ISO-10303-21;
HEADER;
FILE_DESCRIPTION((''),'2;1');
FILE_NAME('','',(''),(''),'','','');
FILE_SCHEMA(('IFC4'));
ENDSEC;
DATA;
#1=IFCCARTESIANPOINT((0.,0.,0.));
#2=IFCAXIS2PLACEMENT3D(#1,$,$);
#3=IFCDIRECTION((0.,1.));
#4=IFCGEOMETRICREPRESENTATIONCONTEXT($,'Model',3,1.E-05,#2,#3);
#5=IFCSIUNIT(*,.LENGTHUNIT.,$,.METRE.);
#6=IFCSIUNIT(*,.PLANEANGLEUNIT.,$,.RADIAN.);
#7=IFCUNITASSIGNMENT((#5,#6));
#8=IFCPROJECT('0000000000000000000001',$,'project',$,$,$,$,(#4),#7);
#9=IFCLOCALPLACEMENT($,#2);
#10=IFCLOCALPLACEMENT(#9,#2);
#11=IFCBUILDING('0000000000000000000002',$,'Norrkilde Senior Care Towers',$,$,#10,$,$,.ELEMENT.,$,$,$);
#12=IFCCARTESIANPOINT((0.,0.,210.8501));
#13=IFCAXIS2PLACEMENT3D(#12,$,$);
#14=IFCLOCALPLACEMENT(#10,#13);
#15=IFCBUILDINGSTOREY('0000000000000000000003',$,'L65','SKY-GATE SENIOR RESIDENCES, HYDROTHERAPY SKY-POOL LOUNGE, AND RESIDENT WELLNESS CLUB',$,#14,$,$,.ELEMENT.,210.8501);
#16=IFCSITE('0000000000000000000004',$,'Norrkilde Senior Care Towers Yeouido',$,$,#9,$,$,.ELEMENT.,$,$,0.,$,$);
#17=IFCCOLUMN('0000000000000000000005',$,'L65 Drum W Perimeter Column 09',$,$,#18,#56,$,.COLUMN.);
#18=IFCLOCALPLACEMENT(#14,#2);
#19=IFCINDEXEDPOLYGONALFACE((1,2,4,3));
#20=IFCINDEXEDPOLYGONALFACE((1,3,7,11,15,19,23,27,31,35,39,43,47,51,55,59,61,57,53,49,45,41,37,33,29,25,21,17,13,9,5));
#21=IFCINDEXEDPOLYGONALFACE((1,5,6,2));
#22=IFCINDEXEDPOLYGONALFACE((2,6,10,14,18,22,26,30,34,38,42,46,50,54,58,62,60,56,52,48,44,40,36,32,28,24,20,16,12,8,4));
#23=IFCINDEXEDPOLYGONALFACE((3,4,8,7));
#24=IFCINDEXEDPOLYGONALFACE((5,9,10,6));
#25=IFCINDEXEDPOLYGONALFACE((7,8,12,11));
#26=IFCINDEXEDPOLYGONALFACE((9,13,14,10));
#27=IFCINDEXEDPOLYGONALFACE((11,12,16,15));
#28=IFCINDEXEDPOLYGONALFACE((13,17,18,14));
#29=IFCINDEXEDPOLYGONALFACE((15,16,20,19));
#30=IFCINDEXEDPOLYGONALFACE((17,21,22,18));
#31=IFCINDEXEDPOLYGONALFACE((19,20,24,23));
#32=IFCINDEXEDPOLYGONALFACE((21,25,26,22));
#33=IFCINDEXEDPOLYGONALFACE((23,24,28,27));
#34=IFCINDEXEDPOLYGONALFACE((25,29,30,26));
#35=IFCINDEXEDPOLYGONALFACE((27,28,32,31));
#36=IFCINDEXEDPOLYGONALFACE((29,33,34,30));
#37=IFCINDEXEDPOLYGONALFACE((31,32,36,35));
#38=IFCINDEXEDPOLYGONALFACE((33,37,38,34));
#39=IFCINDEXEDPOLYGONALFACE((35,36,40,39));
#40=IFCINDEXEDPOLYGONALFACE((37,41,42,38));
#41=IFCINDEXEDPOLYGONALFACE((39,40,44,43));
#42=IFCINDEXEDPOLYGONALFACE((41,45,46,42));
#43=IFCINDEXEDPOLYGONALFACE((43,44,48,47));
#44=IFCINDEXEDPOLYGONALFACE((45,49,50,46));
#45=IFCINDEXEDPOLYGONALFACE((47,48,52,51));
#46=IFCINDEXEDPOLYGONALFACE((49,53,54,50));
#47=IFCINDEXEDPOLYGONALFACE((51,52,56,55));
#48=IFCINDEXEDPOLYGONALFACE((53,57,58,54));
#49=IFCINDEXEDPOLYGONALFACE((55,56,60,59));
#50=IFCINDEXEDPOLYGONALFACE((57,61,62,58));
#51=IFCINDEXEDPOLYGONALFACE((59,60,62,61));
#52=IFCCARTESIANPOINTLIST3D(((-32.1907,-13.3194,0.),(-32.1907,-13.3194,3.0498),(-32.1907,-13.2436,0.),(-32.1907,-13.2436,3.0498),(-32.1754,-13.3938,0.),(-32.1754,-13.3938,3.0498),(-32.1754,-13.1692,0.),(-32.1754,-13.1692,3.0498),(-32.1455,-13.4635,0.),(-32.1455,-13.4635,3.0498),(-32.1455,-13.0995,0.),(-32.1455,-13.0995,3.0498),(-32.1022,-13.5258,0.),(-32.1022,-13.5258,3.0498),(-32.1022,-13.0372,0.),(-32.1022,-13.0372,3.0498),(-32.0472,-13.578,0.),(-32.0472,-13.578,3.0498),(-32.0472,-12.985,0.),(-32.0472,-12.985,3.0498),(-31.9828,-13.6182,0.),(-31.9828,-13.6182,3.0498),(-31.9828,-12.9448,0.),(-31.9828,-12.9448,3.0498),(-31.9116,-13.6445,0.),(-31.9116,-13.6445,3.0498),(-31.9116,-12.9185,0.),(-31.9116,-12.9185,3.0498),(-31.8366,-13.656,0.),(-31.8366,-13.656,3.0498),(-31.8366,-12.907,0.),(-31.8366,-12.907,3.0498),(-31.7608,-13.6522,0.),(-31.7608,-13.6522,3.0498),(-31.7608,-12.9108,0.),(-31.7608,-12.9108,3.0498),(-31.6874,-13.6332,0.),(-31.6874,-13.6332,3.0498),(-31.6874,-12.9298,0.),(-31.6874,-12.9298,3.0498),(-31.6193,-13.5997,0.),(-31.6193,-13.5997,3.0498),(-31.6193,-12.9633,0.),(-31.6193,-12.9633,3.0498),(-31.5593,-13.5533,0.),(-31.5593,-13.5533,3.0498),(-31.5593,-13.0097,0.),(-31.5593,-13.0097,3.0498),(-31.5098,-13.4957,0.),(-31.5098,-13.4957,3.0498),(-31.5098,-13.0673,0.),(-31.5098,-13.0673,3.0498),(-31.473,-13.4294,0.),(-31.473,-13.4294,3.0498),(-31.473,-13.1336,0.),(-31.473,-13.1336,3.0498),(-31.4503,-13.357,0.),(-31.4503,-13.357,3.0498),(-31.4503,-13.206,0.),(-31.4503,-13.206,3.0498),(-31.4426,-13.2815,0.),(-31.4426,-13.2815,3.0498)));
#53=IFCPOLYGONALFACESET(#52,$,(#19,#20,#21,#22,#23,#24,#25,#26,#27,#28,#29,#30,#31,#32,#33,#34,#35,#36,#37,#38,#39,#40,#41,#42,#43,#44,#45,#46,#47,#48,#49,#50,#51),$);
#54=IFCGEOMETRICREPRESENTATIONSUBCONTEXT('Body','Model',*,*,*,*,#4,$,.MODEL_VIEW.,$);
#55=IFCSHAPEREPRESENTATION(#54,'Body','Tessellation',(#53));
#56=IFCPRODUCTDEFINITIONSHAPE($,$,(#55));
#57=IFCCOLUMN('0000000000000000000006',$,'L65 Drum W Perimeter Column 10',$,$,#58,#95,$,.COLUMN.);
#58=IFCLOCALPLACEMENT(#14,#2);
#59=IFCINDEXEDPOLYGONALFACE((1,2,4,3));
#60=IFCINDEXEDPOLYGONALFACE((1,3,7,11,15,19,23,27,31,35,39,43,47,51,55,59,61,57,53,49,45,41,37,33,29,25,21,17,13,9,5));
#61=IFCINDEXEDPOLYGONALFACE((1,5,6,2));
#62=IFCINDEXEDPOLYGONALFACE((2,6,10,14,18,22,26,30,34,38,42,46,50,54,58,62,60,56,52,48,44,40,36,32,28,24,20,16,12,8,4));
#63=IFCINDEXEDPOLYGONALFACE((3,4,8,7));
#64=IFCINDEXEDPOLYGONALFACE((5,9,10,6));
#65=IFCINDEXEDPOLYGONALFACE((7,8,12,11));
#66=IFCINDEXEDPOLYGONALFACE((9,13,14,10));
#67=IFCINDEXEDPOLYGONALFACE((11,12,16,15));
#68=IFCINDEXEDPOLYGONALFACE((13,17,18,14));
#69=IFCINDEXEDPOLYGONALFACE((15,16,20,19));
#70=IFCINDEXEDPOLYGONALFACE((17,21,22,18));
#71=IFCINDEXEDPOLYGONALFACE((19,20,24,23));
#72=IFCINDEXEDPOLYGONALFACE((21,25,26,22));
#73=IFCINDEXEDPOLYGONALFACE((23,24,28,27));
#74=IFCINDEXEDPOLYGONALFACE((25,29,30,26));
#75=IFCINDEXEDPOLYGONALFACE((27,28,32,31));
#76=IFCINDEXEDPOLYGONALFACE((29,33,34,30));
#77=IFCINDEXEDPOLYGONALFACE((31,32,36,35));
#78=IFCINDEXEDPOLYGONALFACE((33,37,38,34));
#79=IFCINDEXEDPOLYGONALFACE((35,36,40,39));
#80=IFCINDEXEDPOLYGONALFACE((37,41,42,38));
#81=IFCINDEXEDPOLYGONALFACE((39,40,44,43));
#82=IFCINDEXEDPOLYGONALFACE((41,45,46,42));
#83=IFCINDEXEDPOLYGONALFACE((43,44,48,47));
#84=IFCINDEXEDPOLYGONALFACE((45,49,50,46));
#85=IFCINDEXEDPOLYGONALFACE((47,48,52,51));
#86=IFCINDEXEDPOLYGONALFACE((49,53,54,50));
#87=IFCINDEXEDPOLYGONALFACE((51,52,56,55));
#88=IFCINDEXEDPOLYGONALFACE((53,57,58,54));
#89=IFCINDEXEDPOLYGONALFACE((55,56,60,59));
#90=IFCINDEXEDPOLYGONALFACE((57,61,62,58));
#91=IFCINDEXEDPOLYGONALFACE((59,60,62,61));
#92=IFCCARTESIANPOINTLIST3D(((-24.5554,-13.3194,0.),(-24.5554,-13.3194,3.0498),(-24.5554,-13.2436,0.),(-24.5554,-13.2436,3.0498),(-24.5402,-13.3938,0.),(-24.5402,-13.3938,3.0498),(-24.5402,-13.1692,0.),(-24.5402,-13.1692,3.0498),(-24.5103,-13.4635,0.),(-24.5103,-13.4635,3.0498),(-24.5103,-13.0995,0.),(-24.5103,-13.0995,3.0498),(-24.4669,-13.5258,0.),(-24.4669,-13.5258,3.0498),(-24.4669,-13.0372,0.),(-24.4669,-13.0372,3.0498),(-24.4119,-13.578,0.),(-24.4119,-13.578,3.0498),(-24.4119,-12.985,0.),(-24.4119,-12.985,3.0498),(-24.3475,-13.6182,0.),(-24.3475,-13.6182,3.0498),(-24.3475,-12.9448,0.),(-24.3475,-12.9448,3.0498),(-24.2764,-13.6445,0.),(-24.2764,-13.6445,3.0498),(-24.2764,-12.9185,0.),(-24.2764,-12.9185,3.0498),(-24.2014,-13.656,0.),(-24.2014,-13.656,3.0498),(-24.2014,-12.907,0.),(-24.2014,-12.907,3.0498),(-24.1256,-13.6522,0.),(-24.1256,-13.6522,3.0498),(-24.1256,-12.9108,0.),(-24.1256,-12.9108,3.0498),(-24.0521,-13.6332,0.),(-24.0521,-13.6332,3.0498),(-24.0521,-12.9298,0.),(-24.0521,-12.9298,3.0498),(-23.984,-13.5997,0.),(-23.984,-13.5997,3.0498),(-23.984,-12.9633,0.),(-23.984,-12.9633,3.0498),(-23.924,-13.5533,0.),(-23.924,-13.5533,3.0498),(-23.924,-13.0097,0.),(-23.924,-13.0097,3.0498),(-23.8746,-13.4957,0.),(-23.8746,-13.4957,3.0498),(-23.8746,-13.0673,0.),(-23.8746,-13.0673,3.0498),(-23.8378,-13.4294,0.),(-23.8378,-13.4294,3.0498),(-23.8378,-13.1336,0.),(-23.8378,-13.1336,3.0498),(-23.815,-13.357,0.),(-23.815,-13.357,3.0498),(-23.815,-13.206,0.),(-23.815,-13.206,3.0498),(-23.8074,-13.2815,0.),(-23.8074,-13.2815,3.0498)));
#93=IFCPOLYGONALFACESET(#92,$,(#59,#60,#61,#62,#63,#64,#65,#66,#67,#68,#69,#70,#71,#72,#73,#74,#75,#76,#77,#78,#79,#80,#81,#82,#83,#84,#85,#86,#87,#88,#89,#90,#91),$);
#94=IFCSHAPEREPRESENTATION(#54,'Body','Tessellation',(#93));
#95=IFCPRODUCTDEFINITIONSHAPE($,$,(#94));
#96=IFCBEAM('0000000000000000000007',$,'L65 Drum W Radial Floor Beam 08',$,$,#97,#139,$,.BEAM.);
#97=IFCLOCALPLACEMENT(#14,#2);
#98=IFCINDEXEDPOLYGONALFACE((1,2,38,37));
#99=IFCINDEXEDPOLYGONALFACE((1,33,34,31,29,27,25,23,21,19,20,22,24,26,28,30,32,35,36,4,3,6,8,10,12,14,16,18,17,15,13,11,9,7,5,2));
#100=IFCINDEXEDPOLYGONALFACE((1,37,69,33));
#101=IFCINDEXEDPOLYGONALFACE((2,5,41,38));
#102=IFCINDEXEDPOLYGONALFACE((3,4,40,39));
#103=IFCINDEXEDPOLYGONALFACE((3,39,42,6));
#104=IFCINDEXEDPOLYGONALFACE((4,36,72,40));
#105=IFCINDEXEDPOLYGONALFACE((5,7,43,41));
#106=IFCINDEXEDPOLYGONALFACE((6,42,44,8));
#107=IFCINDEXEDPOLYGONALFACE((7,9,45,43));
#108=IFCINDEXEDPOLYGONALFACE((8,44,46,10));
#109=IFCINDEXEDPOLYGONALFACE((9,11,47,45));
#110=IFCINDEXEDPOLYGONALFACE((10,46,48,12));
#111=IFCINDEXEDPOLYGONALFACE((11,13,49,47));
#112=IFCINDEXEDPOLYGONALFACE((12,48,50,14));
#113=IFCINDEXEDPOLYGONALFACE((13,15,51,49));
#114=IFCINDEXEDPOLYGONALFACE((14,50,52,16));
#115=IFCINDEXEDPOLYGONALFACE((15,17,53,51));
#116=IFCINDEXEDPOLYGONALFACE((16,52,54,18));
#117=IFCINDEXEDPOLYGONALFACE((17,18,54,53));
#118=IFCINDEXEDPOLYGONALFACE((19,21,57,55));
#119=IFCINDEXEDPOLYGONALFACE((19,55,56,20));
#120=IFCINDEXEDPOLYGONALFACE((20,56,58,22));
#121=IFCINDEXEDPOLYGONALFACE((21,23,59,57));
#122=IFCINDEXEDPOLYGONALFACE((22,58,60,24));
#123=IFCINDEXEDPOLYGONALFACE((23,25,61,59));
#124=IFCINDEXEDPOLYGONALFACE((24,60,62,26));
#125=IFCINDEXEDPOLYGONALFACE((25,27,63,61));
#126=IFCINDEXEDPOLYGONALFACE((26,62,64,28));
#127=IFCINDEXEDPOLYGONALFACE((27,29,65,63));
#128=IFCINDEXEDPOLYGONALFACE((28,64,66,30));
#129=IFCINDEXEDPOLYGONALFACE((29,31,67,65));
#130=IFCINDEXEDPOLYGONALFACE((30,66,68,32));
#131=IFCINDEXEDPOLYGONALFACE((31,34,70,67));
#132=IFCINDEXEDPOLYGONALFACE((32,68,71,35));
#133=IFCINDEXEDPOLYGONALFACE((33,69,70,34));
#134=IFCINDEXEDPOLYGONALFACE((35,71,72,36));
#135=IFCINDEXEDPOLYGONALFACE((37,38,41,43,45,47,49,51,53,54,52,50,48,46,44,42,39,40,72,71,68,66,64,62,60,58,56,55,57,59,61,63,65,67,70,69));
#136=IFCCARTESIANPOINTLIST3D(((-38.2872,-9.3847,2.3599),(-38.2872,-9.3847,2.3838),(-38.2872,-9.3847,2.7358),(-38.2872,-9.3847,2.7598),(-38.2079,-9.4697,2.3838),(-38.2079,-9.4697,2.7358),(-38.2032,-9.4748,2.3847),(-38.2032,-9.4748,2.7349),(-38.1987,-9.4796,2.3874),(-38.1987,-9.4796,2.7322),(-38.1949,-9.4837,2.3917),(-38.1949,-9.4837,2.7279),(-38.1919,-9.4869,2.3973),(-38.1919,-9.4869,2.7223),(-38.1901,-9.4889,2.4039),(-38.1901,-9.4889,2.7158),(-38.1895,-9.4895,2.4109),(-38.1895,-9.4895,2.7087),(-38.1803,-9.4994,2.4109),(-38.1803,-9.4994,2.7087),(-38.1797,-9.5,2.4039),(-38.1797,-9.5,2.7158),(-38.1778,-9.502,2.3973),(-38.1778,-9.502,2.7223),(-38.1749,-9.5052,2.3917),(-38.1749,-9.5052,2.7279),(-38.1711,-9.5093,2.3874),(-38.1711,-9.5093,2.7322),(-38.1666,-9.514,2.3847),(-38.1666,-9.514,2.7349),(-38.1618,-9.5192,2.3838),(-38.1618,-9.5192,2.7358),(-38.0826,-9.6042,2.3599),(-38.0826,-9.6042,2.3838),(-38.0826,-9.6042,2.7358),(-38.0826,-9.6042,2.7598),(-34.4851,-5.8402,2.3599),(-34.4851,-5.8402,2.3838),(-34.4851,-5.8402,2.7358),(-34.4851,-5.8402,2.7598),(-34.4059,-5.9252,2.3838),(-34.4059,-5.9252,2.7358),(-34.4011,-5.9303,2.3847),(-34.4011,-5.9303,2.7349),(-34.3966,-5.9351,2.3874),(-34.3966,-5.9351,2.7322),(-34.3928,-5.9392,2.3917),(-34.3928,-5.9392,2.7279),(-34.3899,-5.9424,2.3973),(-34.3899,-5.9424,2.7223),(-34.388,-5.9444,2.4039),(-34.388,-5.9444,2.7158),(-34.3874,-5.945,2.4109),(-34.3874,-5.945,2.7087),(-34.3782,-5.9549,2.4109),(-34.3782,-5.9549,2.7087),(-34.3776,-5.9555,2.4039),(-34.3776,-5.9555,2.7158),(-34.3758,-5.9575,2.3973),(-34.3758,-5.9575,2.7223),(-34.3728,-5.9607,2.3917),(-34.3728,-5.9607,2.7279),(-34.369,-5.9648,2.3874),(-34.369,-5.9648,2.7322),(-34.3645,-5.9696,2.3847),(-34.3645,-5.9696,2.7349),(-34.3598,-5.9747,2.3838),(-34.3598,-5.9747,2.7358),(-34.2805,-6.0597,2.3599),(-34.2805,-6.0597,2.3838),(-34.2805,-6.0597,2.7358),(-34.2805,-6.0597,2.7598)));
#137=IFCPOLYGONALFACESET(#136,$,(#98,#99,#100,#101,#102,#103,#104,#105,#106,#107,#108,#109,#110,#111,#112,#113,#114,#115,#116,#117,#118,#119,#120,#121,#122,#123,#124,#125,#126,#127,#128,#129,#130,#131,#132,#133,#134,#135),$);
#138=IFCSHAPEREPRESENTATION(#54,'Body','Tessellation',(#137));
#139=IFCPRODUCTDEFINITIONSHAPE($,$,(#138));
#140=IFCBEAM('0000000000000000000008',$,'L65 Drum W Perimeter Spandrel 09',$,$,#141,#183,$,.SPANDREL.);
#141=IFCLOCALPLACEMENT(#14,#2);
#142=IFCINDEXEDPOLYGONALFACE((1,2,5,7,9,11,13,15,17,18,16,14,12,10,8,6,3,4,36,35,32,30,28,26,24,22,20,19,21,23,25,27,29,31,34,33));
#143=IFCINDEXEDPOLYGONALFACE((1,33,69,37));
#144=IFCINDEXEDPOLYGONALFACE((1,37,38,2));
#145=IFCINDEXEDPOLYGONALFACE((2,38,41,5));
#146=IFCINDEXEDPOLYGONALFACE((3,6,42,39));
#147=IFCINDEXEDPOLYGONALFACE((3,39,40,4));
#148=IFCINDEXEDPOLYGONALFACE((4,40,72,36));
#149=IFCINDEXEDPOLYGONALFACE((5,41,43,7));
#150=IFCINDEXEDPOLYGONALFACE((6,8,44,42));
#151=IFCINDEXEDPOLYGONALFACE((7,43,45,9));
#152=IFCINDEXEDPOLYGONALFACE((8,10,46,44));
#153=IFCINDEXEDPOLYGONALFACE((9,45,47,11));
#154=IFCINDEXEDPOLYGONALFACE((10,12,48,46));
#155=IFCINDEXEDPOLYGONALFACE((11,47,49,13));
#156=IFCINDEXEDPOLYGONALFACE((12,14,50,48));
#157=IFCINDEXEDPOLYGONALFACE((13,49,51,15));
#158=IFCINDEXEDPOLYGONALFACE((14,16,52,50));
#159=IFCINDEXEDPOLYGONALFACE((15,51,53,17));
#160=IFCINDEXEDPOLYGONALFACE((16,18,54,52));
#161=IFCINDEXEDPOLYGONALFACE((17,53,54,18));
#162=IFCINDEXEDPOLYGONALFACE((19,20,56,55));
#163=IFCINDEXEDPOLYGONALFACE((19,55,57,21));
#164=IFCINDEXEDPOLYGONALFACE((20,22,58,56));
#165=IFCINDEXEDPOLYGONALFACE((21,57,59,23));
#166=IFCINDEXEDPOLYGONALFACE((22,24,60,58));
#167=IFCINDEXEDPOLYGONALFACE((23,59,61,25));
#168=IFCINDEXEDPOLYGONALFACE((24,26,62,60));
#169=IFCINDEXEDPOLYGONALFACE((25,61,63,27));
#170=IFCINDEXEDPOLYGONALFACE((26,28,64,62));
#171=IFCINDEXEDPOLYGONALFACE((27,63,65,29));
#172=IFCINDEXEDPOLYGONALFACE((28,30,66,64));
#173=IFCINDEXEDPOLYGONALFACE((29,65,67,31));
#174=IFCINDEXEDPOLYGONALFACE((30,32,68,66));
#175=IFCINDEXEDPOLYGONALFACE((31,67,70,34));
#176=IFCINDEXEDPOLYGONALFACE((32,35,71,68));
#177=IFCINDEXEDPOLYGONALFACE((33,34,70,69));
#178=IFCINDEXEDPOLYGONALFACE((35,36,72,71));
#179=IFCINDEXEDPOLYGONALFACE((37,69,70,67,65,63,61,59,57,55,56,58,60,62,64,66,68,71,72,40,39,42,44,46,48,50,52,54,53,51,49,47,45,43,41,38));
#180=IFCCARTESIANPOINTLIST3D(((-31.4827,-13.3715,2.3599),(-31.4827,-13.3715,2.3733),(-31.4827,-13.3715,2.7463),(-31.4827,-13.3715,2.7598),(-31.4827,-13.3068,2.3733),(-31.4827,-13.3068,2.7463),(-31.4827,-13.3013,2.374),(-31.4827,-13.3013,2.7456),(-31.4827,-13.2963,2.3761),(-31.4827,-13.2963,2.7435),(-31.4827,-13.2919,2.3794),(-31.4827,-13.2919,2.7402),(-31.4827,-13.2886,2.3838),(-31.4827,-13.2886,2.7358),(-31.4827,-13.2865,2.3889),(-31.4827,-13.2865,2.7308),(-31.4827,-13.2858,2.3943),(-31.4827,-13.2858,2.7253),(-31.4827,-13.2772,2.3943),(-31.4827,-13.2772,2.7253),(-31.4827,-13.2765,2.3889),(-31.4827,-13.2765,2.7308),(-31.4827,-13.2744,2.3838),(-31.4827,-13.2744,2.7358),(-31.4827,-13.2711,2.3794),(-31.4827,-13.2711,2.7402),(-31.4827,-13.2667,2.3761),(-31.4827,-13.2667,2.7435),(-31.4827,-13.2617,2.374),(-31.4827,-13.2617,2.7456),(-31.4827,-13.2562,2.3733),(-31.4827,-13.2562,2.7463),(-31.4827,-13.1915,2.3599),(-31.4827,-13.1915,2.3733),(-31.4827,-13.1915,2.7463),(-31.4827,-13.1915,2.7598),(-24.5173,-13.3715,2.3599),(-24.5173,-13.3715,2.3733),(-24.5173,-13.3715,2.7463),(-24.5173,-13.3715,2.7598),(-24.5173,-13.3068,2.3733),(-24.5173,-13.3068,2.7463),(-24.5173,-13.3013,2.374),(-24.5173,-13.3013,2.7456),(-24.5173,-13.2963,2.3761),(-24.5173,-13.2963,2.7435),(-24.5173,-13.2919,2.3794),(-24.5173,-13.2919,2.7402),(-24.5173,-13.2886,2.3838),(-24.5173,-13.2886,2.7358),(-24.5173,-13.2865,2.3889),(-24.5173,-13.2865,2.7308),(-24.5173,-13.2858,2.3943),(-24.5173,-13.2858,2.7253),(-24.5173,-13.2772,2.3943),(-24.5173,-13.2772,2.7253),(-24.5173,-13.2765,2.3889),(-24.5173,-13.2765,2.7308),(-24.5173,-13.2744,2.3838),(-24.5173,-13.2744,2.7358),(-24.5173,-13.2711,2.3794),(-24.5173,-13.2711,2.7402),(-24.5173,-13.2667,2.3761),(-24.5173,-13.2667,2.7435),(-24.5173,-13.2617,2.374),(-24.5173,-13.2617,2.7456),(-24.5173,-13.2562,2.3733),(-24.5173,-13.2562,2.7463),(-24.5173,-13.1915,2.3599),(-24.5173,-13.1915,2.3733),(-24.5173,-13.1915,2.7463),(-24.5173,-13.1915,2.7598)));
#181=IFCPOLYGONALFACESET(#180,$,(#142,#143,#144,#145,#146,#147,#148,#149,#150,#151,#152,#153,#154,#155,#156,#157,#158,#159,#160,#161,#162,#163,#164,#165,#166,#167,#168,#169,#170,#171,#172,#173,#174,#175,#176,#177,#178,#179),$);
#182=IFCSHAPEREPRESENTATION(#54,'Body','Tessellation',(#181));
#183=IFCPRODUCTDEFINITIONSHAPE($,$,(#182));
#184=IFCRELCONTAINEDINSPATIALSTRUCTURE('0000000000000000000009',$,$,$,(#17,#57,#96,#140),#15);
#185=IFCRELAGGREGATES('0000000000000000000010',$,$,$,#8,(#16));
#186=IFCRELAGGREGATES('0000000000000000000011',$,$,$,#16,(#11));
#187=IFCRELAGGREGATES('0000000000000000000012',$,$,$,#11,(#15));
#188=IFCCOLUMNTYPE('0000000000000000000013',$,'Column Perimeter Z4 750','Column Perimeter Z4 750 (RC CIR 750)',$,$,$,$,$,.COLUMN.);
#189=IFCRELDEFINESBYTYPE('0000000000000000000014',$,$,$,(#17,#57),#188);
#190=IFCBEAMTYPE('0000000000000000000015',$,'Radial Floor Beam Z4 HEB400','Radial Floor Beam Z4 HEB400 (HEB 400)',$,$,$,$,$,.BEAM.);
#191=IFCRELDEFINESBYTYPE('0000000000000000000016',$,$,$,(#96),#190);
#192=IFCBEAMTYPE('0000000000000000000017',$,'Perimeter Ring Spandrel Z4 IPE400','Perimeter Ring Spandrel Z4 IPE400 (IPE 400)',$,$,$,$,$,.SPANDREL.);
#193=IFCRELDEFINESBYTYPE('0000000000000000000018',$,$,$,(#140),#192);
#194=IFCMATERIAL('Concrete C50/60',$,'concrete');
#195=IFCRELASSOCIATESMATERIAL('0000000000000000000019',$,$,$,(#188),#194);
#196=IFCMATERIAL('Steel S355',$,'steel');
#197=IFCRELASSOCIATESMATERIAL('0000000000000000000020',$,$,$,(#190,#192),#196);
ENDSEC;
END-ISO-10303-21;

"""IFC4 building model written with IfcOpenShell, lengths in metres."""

from ifc_helpers import new_model, si_unit, direction, frame, origin, origin_2d, place, context, subcontext, project, spatial, circle, i_section, extrude, source, transform, mapped, material, material_profile, profile_set, type_object, type_shapes, element, save


model = new_model("IFC4")

# Units and contexts
model_context = context("Model", 3, precision=1e-05, world=origin(), true_north=direction((0.0, 1.0)))
body_context = subcontext(model_context, "Body", "Model", "MODEL_VIEW")
ifc_project = project(units=[si_unit("LENGTHUNIT", "METRE"), si_unit("PLANEANGLEUNIT", "RADIAN")], contexts=[model_context])

# Site, building, storey
site_placement = place(None, origin())
site = spatial("IfcSite", under=ifc_project, at=site_placement, Name="Norrkilde Senior Care Towers Yeouido", CompositionType="ELEMENT", RefElevation=0.0)
building_placement = place(site_placement, origin())
building = spatial("IfcBuilding", under=site, at=building_placement, Name="Norrkilde Senior Care Towers", CompositionType="ELEMENT")
storey_placement = place(building_placement, frame((0.0, 0.0, 210.8501)))
storey = spatial("IfcBuildingStorey", under=building, at=storey_placement, Name="L65", Description="SKY-GATE SENIOR RESIDENCES, HYDROTHERAPY SKY-POOL LOUNGE, AND RESIDENT WELLNESS CLUB", CompositionType="ELEMENT", Elevation=210.8501)

# Columns
ifc_material_1 = material(Name="Concrete C50/60", Category="concrete")
ifc_material_profile_1 = material_profile(ifc_material_1, circle(Radius=0.375, at=origin_2d()), Name="RC CIR 750")
ifc_profile_set_1 = profile_set([ifc_material_profile_1], Name="Concrete C50/60")
column_type = type_object("IfcColumnType", Name="Column Perimeter Z4 750", Description="Column Perimeter Z4 750 (RC CIR 750)", PredefinedType="COLUMN", material=ifc_profile_set_1)
shared_shape_1 = source(origin(), body_context, "Body", "SweptSolid", [
    extrude(circle(Radius=0.375, at=origin_2d()), origin(), (0.0, 0.0, 1.0), 3.0498),
])
type_shapes(column_type, [shared_shape_1])
for number, where, z_axis, x_axis, name in (
    (1, (-31.8176, -13.2815, 0.0), (0.0, 0.0, 1.0), (1.0, 0.0, 0.0), "L65 Drum W Perimeter Column 09"),
    (2, (-24.1824, -13.2815, 0.0), (0.0, 0.0, 1.0), (1.0, 0.0, 0.0), "L65 Drum W Perimeter Column 10"),
):
    element("IfcColumn", number, at=place(storey_placement, frame(where, z_axis=z_axis, x_axis=x_axis)), inside=storey, type_object=column_type, Name=name, PredefinedType="COLUMN", context=body_context, shape_type="MappedRepresentation", body=[
        mapped(shared_shape_1, transform((0.0, 0.0, 0.0), x_axis=(1.0, 0.0, 0.0), y_axis=(0.0, 1.0, 0.0), z_axis=(0.0, 0.0, 1.0), scale=1.0)),
    ])

# Beams
ifc_material_2 = material(Name="Steel S355", Category="steel")
ifc_material_profile_2 = material_profile(ifc_material_2, i_section(OverallWidth=0.3, OverallDepth=0.3999, WebThickness=0.0134, FlangeThickness=0.0239, FilletRadius=0.0271, at=origin_2d()), Name="HEB 400")
ifc_profile_set_2 = profile_set([ifc_material_profile_2], Name="Steel S355")
beam_type_1 = type_object("IfcBeamType", Name="Radial Floor Beam Z4 HEB400", Description="Radial Floor Beam Z4 HEB400 (HEB 400)", PredefinedType="BEAM", material=ifc_profile_set_2)
shared_shape_2 = source(origin(), body_context, "Body", "SweptSolid", [
    extrude(i_section(OverallWidth=0.3, OverallDepth=0.3999, WebThickness=0.0134, FlangeThickness=0.0239, FilletRadius=0.0271, at=origin_2d()), origin(), (0.0, 0.0, 1.0), 5.198),
])
beam_1_placement = place(storey_placement, frame((-34.3828, -5.95, 2.5598), z_axis=(-0.731449, -0.681896, 0.0), x_axis=(0.681896, -0.731449, 0.0)))
element("IfcBeam", 3, at=beam_1_placement, inside=storey, type_object=beam_type_1, Name="L65 Drum W Radial Floor Beam 08", PredefinedType="BEAM", context=body_context, shape_type="MappedRepresentation", body=[
    mapped(shared_shape_2, transform((0.0, 0.0, 0.0), x_axis=(1.0, 0.0, 0.0), y_axis=(0.0, 1.0, 0.0), z_axis=(0.0, 0.0, 1.0), scale=1.0)),
])
ifc_material_profile_3 = material_profile(ifc_material_2, i_section(OverallWidth=0.1799, OverallDepth=0.3999, WebThickness=0.0085, FlangeThickness=0.0134, FilletRadius=0.021, at=origin_2d()), Name="IPE 400")
ifc_profile_set_3 = profile_set([ifc_material_profile_3], Name="Steel S355")
beam_type_2 = type_object("IfcBeamType", Name="Perimeter Ring Spandrel Z4 IPE400", Description="Perimeter Ring Spandrel Z4 IPE400 (IPE 400)", PredefinedType="SPANDREL", material=ifc_profile_set_3)
shared_shape_3 = source(origin(), body_context, "Body", "SweptSolid", [
    extrude(i_section(OverallWidth=0.1799, OverallDepth=0.3999, WebThickness=0.0085, FlangeThickness=0.0134, FilletRadius=0.021, at=origin_2d()), origin(), (0.0, 0.0, 1.0), 6.9653),
])
type_shapes(beam_type_2, [shared_shape_3])
beam_2_placement = place(storey_placement, frame((-31.4827, -13.2815, 2.5598), z_axis=(1.0, 0.0, 0.0), x_axis=(0.0, 1.0, 0.0)))
element("IfcBeam", 4, at=beam_2_placement, inside=storey, type_object=beam_type_2, Name="L65 Drum W Perimeter Spandrel 09", PredefinedType="SPANDREL", context=body_context, shape_type="MappedRepresentation", body=[
    mapped(shared_shape_3, transform((0.0, 0.0, 0.0), x_axis=(1.0, 0.0, 0.0), y_axis=(0.0, 1.0, 0.0), z_axis=(0.0, 0.0, 1.0), scale=1.0)),
])

save(model, "model.ifc")
